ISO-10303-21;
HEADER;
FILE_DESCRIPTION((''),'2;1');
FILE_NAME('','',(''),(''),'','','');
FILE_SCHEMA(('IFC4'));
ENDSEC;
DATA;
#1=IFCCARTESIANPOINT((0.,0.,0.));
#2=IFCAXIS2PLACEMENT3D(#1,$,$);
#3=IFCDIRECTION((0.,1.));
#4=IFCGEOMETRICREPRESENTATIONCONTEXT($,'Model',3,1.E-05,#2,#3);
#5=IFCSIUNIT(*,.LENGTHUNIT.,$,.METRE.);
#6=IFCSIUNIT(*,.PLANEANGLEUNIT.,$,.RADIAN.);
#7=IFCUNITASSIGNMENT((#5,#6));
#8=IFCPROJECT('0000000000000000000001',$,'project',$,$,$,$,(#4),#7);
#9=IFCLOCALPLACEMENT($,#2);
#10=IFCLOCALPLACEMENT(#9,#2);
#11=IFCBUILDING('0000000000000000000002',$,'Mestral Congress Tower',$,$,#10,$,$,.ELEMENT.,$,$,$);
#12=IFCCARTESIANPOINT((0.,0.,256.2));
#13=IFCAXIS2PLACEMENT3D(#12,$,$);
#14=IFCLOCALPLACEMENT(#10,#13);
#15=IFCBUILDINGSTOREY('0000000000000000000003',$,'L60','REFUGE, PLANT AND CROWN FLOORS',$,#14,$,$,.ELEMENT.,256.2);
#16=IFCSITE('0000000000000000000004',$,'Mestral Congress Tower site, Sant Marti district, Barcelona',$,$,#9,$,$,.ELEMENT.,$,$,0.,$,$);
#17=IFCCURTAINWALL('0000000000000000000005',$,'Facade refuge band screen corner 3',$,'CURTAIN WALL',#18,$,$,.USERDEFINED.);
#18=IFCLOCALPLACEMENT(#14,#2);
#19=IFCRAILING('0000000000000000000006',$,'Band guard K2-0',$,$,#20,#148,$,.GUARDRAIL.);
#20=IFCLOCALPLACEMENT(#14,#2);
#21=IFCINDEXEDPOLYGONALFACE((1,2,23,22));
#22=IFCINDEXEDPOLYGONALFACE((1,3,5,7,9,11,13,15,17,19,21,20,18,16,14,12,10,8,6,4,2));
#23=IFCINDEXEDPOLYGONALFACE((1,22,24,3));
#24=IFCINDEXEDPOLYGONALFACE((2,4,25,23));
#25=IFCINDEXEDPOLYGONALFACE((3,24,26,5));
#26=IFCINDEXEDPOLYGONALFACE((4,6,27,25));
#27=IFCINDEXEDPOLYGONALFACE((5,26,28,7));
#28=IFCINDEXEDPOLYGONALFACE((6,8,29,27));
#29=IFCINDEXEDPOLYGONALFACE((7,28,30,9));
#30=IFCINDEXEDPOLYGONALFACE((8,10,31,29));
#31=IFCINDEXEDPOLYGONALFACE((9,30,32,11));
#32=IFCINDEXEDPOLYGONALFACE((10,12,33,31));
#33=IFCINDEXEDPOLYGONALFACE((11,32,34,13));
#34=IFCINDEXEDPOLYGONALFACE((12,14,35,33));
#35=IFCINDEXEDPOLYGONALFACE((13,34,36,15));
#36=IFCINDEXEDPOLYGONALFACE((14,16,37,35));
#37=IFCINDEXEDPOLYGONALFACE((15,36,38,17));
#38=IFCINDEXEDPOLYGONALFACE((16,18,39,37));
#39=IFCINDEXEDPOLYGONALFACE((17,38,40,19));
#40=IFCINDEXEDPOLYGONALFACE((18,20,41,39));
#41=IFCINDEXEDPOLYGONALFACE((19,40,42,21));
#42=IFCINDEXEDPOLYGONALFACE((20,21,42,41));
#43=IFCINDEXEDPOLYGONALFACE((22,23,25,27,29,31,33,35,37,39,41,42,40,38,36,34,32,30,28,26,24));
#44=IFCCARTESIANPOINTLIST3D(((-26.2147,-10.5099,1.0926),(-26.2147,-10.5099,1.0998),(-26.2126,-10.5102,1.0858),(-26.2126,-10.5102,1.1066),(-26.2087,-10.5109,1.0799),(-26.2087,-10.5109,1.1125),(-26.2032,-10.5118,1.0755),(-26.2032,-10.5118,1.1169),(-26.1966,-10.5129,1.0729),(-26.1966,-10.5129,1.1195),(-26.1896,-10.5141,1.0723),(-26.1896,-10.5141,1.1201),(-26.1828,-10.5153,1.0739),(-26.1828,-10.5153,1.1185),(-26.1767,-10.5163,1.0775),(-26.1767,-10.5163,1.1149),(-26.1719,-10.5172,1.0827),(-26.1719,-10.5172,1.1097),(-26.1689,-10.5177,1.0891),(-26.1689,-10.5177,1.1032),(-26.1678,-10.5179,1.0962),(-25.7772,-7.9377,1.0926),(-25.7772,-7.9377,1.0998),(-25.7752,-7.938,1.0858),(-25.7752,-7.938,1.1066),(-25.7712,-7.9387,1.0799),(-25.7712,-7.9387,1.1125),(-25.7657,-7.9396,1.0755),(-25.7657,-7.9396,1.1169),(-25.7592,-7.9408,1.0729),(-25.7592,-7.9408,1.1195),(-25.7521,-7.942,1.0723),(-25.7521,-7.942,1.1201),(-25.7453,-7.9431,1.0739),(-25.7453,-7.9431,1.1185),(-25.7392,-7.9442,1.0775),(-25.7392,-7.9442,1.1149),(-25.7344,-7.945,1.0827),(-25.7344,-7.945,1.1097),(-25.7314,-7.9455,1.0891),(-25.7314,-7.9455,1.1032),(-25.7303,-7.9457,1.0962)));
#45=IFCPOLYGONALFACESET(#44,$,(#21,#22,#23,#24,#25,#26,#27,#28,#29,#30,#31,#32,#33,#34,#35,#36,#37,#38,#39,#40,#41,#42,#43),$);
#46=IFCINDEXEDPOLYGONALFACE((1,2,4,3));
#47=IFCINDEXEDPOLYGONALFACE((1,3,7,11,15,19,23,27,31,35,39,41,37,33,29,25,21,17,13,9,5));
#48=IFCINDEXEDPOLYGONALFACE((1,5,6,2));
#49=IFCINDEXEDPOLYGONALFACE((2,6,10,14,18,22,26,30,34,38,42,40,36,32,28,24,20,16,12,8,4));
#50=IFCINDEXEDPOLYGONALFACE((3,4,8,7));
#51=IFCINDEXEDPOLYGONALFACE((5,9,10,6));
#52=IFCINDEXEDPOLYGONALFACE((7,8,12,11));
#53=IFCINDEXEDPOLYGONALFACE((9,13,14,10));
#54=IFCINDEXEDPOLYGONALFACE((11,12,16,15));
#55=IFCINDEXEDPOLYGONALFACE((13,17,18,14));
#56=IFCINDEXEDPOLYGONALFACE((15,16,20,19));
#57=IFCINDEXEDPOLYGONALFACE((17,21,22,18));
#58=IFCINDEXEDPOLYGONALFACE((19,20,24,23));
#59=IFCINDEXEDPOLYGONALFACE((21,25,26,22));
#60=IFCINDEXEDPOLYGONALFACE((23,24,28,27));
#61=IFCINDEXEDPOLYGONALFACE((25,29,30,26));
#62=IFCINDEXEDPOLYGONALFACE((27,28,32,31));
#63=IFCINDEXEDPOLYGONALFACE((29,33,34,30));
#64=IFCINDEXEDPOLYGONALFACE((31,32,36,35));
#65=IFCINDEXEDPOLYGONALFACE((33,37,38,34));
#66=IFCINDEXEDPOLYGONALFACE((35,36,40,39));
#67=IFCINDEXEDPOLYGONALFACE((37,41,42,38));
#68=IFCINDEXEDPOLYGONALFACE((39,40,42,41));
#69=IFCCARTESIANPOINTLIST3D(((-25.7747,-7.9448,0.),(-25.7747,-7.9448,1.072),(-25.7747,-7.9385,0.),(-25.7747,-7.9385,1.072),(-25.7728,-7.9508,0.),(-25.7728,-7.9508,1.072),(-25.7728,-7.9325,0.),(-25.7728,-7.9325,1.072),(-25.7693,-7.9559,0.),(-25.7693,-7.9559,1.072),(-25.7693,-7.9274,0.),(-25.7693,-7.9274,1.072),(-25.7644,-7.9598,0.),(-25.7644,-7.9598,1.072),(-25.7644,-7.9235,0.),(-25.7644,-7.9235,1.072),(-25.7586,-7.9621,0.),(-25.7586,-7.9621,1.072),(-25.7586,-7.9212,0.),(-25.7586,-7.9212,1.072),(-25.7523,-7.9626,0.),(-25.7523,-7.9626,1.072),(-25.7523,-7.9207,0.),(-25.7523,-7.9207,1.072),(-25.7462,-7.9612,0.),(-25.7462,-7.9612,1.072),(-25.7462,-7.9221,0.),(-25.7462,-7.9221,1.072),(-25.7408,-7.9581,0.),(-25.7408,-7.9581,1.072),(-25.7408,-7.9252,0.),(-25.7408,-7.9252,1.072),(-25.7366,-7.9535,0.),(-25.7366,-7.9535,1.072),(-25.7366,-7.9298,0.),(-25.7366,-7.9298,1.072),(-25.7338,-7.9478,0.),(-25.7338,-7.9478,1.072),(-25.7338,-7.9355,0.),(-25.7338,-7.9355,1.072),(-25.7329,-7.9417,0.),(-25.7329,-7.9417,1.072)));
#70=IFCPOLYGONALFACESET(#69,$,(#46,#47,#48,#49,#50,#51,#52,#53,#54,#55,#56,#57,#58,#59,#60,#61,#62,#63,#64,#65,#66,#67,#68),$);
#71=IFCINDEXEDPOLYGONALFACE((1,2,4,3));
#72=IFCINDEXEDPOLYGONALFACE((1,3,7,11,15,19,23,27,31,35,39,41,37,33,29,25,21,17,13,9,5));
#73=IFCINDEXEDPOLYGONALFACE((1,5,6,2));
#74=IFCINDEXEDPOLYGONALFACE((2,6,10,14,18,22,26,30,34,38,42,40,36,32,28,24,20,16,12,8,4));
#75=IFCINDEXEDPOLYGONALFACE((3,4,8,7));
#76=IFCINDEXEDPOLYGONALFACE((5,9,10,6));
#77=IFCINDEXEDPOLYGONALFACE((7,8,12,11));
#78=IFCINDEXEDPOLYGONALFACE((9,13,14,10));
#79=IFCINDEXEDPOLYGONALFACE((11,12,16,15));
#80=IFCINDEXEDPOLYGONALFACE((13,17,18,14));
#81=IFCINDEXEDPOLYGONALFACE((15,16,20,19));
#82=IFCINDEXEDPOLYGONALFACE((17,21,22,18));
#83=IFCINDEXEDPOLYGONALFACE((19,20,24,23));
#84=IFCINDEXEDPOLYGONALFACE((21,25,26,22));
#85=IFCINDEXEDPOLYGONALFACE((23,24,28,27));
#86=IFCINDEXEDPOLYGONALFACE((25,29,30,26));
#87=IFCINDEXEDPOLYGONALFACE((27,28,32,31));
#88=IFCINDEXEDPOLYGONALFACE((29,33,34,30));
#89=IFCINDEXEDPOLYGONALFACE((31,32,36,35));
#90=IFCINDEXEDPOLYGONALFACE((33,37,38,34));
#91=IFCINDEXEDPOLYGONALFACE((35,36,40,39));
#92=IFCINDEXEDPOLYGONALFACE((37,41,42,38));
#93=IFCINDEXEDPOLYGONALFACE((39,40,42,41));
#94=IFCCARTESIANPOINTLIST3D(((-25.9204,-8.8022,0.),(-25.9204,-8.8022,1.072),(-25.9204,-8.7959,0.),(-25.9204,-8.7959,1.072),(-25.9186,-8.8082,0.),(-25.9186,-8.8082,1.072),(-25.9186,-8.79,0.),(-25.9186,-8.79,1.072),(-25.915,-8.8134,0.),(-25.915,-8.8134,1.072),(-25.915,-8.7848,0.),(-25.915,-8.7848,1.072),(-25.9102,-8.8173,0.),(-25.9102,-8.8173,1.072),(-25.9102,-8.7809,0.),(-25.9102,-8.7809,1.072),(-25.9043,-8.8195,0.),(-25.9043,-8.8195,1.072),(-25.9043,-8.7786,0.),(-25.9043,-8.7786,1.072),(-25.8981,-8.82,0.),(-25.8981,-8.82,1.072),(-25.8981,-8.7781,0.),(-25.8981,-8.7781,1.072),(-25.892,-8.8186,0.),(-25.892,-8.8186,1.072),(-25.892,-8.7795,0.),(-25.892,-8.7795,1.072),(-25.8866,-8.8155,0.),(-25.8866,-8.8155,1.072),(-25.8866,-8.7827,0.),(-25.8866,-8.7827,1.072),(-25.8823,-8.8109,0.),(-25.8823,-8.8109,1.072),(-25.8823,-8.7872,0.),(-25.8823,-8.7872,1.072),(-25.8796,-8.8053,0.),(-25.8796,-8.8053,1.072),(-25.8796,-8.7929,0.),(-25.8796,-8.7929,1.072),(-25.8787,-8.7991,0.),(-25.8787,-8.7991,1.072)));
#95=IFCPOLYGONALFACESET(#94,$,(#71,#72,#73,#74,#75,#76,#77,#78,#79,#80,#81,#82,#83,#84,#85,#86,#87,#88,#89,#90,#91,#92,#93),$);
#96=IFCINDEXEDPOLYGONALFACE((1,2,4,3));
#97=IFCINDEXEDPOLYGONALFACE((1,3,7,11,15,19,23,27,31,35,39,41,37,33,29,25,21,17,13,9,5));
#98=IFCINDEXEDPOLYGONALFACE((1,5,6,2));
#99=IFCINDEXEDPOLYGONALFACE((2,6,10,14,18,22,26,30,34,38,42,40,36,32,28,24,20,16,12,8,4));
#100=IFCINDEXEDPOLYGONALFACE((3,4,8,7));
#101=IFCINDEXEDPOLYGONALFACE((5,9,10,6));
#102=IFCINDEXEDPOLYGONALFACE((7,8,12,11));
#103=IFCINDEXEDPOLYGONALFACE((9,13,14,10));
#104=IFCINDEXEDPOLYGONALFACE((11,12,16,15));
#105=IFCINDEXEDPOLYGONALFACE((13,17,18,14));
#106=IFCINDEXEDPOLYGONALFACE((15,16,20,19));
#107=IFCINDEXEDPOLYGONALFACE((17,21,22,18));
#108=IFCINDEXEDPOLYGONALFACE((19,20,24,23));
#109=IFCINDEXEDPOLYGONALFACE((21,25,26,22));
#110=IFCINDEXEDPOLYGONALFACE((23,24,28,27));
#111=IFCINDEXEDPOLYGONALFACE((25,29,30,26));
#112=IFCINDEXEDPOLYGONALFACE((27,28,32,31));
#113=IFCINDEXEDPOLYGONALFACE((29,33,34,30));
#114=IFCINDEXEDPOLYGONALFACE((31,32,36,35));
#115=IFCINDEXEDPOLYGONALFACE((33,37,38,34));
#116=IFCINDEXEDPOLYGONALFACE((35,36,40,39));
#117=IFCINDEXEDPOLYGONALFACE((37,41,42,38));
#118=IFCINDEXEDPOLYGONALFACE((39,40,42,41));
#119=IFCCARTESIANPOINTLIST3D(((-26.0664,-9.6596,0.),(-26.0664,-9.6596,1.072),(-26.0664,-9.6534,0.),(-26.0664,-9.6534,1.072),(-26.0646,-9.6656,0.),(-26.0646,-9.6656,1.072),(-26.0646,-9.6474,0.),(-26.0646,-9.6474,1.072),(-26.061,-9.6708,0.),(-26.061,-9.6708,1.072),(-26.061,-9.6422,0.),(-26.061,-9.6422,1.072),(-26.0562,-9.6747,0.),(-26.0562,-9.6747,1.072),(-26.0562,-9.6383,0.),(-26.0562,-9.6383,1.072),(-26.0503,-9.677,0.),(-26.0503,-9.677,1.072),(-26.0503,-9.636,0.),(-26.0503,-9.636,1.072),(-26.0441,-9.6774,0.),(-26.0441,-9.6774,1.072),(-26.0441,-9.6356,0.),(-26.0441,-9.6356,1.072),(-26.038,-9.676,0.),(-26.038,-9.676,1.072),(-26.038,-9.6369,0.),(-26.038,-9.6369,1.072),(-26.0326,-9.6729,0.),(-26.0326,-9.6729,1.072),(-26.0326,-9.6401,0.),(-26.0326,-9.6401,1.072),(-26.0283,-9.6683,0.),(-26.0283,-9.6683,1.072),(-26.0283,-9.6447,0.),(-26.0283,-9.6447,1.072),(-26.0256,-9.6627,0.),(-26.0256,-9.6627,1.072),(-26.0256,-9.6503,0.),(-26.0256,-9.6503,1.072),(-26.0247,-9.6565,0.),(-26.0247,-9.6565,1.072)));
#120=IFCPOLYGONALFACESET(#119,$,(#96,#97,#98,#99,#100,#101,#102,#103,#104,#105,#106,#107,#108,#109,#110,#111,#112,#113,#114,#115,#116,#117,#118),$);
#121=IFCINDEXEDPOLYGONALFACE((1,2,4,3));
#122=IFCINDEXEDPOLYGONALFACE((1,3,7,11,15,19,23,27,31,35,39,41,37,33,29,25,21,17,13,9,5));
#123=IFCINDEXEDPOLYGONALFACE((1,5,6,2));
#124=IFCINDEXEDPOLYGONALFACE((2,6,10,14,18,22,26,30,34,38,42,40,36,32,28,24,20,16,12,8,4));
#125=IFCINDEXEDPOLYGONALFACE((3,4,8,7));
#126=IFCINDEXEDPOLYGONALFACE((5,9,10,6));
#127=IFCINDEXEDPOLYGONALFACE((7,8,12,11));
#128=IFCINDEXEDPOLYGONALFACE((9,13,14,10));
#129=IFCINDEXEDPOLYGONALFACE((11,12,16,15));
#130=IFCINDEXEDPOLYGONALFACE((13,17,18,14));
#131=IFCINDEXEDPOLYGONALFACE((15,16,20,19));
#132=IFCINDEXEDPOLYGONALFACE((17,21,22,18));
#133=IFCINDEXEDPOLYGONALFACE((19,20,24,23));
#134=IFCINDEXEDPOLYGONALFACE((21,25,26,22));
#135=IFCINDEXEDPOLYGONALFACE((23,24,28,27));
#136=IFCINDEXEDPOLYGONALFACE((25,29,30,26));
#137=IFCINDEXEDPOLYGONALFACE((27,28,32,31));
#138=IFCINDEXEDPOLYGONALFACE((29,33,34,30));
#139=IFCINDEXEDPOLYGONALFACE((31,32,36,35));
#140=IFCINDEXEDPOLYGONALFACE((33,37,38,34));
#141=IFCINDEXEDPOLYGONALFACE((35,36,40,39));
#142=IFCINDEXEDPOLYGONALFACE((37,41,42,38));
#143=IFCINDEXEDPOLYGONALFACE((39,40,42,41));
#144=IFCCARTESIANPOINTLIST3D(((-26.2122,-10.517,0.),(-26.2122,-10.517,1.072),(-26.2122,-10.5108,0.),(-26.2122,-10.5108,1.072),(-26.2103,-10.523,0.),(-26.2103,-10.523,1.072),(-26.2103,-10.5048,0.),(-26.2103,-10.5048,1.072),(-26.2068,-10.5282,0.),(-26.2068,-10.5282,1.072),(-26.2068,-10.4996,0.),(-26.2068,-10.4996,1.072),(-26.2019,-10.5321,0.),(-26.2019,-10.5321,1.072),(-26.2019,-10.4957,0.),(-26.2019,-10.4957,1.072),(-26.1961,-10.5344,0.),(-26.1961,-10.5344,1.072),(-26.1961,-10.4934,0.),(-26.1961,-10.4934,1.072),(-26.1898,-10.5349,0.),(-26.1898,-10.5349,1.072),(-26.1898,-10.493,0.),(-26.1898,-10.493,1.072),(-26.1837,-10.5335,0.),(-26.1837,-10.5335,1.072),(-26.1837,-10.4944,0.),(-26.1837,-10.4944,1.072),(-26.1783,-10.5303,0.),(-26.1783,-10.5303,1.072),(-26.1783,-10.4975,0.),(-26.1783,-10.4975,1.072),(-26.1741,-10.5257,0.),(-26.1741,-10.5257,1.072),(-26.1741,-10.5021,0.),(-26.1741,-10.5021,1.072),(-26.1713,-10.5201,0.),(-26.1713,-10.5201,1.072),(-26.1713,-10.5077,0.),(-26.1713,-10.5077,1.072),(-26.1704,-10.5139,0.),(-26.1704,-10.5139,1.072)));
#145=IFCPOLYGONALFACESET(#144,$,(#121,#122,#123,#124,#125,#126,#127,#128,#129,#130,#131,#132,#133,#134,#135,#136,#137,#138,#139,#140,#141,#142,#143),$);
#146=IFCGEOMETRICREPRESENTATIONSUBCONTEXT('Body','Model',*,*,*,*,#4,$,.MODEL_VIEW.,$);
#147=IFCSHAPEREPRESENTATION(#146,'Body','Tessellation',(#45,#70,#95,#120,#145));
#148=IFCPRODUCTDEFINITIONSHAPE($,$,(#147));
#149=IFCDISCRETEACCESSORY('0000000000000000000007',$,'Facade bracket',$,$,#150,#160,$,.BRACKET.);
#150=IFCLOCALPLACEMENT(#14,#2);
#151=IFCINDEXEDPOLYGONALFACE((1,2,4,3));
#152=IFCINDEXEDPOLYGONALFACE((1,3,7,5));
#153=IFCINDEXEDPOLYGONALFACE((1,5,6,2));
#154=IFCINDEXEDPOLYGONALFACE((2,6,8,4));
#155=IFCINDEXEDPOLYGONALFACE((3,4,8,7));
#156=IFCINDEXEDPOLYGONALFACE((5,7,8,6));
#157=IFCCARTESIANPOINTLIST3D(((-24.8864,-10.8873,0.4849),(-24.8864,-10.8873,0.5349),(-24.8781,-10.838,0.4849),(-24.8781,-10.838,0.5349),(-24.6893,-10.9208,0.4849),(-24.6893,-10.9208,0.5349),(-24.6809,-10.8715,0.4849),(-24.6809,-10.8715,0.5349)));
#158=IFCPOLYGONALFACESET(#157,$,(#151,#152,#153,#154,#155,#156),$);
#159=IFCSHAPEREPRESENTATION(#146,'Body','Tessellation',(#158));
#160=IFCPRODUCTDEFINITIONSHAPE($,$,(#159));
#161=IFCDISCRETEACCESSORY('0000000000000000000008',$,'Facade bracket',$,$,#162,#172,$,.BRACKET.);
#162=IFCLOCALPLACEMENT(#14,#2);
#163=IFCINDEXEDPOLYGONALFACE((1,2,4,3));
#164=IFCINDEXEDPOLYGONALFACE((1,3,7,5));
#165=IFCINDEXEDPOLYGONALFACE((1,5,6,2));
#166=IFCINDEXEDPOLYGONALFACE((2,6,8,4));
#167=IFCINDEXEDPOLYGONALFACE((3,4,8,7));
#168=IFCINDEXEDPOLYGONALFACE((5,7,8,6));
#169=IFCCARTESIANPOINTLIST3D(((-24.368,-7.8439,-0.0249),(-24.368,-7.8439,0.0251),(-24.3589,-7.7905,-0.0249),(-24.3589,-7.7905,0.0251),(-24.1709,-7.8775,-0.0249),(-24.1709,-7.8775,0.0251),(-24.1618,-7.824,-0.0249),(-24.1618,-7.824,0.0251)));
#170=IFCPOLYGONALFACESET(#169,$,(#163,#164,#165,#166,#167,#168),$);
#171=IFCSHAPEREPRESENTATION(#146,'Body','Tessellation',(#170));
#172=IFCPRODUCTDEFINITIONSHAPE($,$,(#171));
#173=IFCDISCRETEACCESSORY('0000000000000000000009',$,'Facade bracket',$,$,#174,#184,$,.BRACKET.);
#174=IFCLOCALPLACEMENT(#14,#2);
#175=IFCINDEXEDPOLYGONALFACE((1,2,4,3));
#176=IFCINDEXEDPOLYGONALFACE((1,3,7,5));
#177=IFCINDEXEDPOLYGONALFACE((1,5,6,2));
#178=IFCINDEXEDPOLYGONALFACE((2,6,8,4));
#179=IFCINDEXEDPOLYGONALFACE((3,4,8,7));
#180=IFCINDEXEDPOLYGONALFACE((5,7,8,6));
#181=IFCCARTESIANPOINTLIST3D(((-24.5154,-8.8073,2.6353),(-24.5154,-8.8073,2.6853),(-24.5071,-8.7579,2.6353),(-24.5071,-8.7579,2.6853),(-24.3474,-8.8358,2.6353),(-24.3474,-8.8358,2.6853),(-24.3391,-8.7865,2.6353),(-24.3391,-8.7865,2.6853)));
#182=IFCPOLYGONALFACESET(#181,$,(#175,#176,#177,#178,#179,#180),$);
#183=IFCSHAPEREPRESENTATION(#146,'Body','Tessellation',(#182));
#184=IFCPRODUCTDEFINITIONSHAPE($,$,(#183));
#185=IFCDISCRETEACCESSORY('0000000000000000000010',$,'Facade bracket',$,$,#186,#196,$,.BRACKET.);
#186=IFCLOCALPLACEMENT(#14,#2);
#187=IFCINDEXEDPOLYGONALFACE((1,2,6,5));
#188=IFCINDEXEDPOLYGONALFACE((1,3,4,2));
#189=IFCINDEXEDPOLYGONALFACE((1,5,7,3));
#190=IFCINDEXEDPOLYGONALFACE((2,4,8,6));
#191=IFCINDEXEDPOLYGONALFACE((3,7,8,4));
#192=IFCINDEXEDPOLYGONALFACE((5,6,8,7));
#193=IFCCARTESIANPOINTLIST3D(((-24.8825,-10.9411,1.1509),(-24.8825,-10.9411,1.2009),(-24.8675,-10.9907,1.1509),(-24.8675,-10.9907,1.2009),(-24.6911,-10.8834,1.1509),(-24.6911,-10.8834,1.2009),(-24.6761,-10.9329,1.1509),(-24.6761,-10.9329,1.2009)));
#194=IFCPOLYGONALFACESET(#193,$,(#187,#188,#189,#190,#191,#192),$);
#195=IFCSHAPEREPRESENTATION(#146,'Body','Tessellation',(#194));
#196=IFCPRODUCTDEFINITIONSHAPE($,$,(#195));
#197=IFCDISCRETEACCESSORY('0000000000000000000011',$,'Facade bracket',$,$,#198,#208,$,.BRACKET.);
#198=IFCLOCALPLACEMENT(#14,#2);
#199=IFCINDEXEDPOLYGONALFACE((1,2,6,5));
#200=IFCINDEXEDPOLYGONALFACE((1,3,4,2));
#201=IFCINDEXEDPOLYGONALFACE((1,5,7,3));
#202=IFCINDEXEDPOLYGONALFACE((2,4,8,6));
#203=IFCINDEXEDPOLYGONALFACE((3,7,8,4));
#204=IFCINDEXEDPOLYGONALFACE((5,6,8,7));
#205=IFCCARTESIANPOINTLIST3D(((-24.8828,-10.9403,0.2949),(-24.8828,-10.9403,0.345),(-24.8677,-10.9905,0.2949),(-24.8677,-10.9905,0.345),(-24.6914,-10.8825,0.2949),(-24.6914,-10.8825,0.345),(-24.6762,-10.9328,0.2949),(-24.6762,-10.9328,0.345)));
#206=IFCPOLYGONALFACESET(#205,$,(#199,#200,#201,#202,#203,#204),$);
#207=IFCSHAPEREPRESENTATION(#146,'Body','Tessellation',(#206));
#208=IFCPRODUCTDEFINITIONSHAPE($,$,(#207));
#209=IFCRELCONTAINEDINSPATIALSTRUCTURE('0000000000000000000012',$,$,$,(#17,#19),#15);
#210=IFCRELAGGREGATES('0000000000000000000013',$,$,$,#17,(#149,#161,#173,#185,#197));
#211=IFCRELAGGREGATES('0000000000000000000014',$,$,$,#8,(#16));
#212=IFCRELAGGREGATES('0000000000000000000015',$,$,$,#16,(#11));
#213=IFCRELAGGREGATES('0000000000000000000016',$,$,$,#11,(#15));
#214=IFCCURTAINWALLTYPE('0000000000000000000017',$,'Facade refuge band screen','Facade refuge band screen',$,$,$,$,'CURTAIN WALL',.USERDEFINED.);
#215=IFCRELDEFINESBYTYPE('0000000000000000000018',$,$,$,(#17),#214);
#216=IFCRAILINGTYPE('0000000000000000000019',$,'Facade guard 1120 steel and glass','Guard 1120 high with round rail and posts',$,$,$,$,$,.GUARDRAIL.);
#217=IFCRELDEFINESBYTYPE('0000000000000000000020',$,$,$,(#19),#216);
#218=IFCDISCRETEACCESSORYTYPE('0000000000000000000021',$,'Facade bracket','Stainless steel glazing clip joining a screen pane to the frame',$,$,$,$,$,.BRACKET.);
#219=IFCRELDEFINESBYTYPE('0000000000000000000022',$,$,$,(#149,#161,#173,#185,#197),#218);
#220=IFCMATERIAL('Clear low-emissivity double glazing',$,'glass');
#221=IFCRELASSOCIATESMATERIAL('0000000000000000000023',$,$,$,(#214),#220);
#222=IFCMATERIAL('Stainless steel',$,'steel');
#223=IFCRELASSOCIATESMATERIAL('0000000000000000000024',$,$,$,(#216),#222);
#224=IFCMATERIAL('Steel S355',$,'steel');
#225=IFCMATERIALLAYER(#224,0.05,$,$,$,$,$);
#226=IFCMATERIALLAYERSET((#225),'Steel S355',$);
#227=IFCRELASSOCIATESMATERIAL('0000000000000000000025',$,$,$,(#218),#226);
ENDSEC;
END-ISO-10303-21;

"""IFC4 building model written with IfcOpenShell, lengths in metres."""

from ifc_helpers import new_model, si_unit, direction, frame, origin, origin_2d, place, context, subcontext, project, spatial, rectangle, circle, extrude, material, layer, layer_set, type_object, element, aggregate, save


model = new_model("IFC4")

# Units and contexts
model_context = context("Model", 3, precision=1e-05, world=origin(), true_north=direction((0.0, 1.0)))
body_context = subcontext(model_context, "Body", "Model", "MODEL_VIEW")
ifc_project = project(units=[si_unit("LENGTHUNIT", "METRE"), si_unit("PLANEANGLEUNIT", "RADIAN")], contexts=[model_context])

# Site, building, storey
site_placement = place(None, origin())
site = spatial("IfcSite", under=ifc_project, at=site_placement, Name="Mestral Congress Tower site, Sant Marti district, Barcelona", CompositionType="ELEMENT", RefElevation=0.0)
building_placement = place(site_placement, origin())
building = spatial("IfcBuilding", under=site, at=building_placement, Name="Mestral Congress Tower", CompositionType="ELEMENT")
storey_placement = place(building_placement, frame((0.0, 0.0, 256.2)))
storey = spatial("IfcBuildingStorey", under=building, at=storey_placement, Name="L60", Description="REFUGE, PLANT AND CROWN FLOORS", CompositionType="ELEMENT", Elevation=256.2)

# Shared definitions
ifc_material_1 = material(Name="Steel S355", Category="steel")

# Curtain wall
ifc_material_2 = material(Name="Clear low-emissivity double glazing", Category="glass")
curtain_wall_type = type_object("IfcCurtainWallType", Name="Facade refuge band screen", Description="Facade refuge band screen", ElementType="CURTAIN WALL", PredefinedType="USERDEFINED", material=ifc_material_2)
placement = place(storey_placement, origin())
curtain_wall_1 = element("IfcCurtainWall", 1, at=placement, inside=storey, type_object=curtain_wall_type, Name="Facade refuge band screen corner 3", ObjectType="CURTAIN WALL", PredefinedType="USERDEFINED")

# Railing
ifc_material_3 = material(Name="Stainless steel", Category="steel")
railing_type = type_object("IfcRailingType", Name="Facade guard 1120 steel and glass", Description="Guard 1120 high with round rail and posts", PredefinedType="GUARDRAIL", material=ifc_material_3)
railing_placement = place(storey_placement, frame((-25.7539, -7.9417, 0.0)))
element("IfcRailing", 2, at=railing_placement, inside=storey, type_object=railing_type, Name="Band guard K2-0", PredefinedType="GUARDRAIL", context=body_context, shape_type="SweptSolid", body=[
    extrude(circle(Radius=0.0239, at=origin_2d()), frame((0.0, 0.0, 1.0962), z_axis=(-0.167676, -0.985842, 0.0), x_axis=(0.985842, -0.167676, 0.0)), (0.0, 0.0, 1.0), 2.6091),
    extrude(circle(Radius=0.021, at=origin_2d()), origin(), (0.0, 0.0, 1.0), 1.072),
    extrude(circle(Radius=0.021, at=origin_2d()), frame((-0.1458, -0.8574, 0.0)), (0.0, 0.0, 1.0), 1.072),
    extrude(circle(Radius=0.021, at=origin_2d()), frame((-0.2917, -1.7148, 0.0)), (0.0, 0.0, 1.0), 1.072),
    extrude(circle(Radius=0.021, at=origin_2d()), frame((-0.4375, -2.5723, 0.0)), (0.0, 0.0, 1.0), 1.072),
])

# Discrete accessories
ifc_layer_1 = layer(ifc_material_1, 0.05)
ifc_layer_set_1 = layer_set([ifc_layer_1], Name="Steel S355")
discrete_accessory_type = type_object("IfcDiscreteAccessoryType", Name="Facade bracket", Description="Stainless steel glazing clip joining a screen pane to the frame", PredefinedType="BRACKET", material=ifc_layer_set_1)
discrete_accessory_1_placement = place(storey_placement, frame((-24.7837, -10.8794, 0.4849), z_axis=(0.0, 0.0, 1.0), x_axis=(-0.167631, -0.98585, 0.0)))
discrete_accessory_1 = element("IfcDiscreteAccessory", 3, at=discrete_accessory_1_placement, type_object=discrete_accessory_type, Name="Facade bracket", PredefinedType="BRACKET", context=body_context, shape_type="SweptSolid", body=[
    extrude(rectangle(XDim=0.05, YDim=0.2, at=origin_2d()), origin(), (0.0, 0.0, 1.0), 0.05),
])
discrete_accessory_2_placement = place(storey_placement, frame((-24.2649, -7.834, -0.0249), z_axis=(0.0, 0.0, 1.0), x_axis=(-0.16756, -0.985862, 0.0)))
discrete_accessory_2 = element("IfcDiscreteAccessory", 4, at=discrete_accessory_2_placement, type_object=discrete_accessory_type, Name="Facade bracket", PredefinedType="BRACKET", context=body_context, shape_type="SweptSolid", body=[
    extrude(rectangle(XDim=0.0542, YDim=0.2, at=origin_2d()), origin(), (0.0, 0.0, 1.0), 0.05),
])
discrete_accessory_3_placement = place(storey_placement, frame((-24.4272, -8.7969, 2.6353), z_axis=(0.0, 0.0, 1.0), x_axis=(-0.167462, -0.985878, 0.0)))
discrete_accessory_3 = element("IfcDiscreteAccessory", 5, at=discrete_accessory_3_placement, type_object=discrete_accessory_type, Name="Facade bracket", PredefinedType="BRACKET", context=body_context, shape_type="SweptSolid", body=[
    extrude(rectangle(XDim=0.05, YDim=0.1704, at=origin_2d()), origin(), (0.0, 0.0, 1.0), 0.05),
])
discrete_accessory_4_placement = place(storey_placement, frame((-24.7793, -10.937, 1.1509), z_axis=(0.0, 0.0, 1.0), x_axis=(0.288763, -0.957401, 0.0)))
discrete_accessory_4 = element("IfcDiscreteAccessory", 6, at=discrete_accessory_4_placement, type_object=discrete_accessory_type, Name="Facade bracket", PredefinedType="BRACKET", context=body_context, shape_type="SweptSolid", body=[
    extrude(rectangle(XDim=0.0518, YDim=0.2, at=origin_2d()), origin(), (0.0, 0.0, 1.0), 0.05),
])
discrete_accessory_5_placement = place(storey_placement, frame((-24.7795, -10.9365, 0.2949), z_axis=(0.0, 0.0, 1.0), x_axis=(0.288731, -0.95741, 0.0)))
discrete_accessory_5 = element("IfcDiscreteAccessory", 7, at=discrete_accessory_5_placement, type_object=discrete_accessory_type, Name="Facade bracket", PredefinedType="BRACKET", context=body_context, shape_type="SweptSolid", body=[
    extrude(rectangle(XDim=0.0525, YDim=0.2, at=origin_2d()), origin(), (0.0, 0.0, 1.0), 0.05),
])
aggregate(curtain_wall_1, [discrete_accessory_1, discrete_accessory_2, discrete_accessory_3, discrete_accessory_4, discrete_accessory_5])

save(model, "model.ifc")
